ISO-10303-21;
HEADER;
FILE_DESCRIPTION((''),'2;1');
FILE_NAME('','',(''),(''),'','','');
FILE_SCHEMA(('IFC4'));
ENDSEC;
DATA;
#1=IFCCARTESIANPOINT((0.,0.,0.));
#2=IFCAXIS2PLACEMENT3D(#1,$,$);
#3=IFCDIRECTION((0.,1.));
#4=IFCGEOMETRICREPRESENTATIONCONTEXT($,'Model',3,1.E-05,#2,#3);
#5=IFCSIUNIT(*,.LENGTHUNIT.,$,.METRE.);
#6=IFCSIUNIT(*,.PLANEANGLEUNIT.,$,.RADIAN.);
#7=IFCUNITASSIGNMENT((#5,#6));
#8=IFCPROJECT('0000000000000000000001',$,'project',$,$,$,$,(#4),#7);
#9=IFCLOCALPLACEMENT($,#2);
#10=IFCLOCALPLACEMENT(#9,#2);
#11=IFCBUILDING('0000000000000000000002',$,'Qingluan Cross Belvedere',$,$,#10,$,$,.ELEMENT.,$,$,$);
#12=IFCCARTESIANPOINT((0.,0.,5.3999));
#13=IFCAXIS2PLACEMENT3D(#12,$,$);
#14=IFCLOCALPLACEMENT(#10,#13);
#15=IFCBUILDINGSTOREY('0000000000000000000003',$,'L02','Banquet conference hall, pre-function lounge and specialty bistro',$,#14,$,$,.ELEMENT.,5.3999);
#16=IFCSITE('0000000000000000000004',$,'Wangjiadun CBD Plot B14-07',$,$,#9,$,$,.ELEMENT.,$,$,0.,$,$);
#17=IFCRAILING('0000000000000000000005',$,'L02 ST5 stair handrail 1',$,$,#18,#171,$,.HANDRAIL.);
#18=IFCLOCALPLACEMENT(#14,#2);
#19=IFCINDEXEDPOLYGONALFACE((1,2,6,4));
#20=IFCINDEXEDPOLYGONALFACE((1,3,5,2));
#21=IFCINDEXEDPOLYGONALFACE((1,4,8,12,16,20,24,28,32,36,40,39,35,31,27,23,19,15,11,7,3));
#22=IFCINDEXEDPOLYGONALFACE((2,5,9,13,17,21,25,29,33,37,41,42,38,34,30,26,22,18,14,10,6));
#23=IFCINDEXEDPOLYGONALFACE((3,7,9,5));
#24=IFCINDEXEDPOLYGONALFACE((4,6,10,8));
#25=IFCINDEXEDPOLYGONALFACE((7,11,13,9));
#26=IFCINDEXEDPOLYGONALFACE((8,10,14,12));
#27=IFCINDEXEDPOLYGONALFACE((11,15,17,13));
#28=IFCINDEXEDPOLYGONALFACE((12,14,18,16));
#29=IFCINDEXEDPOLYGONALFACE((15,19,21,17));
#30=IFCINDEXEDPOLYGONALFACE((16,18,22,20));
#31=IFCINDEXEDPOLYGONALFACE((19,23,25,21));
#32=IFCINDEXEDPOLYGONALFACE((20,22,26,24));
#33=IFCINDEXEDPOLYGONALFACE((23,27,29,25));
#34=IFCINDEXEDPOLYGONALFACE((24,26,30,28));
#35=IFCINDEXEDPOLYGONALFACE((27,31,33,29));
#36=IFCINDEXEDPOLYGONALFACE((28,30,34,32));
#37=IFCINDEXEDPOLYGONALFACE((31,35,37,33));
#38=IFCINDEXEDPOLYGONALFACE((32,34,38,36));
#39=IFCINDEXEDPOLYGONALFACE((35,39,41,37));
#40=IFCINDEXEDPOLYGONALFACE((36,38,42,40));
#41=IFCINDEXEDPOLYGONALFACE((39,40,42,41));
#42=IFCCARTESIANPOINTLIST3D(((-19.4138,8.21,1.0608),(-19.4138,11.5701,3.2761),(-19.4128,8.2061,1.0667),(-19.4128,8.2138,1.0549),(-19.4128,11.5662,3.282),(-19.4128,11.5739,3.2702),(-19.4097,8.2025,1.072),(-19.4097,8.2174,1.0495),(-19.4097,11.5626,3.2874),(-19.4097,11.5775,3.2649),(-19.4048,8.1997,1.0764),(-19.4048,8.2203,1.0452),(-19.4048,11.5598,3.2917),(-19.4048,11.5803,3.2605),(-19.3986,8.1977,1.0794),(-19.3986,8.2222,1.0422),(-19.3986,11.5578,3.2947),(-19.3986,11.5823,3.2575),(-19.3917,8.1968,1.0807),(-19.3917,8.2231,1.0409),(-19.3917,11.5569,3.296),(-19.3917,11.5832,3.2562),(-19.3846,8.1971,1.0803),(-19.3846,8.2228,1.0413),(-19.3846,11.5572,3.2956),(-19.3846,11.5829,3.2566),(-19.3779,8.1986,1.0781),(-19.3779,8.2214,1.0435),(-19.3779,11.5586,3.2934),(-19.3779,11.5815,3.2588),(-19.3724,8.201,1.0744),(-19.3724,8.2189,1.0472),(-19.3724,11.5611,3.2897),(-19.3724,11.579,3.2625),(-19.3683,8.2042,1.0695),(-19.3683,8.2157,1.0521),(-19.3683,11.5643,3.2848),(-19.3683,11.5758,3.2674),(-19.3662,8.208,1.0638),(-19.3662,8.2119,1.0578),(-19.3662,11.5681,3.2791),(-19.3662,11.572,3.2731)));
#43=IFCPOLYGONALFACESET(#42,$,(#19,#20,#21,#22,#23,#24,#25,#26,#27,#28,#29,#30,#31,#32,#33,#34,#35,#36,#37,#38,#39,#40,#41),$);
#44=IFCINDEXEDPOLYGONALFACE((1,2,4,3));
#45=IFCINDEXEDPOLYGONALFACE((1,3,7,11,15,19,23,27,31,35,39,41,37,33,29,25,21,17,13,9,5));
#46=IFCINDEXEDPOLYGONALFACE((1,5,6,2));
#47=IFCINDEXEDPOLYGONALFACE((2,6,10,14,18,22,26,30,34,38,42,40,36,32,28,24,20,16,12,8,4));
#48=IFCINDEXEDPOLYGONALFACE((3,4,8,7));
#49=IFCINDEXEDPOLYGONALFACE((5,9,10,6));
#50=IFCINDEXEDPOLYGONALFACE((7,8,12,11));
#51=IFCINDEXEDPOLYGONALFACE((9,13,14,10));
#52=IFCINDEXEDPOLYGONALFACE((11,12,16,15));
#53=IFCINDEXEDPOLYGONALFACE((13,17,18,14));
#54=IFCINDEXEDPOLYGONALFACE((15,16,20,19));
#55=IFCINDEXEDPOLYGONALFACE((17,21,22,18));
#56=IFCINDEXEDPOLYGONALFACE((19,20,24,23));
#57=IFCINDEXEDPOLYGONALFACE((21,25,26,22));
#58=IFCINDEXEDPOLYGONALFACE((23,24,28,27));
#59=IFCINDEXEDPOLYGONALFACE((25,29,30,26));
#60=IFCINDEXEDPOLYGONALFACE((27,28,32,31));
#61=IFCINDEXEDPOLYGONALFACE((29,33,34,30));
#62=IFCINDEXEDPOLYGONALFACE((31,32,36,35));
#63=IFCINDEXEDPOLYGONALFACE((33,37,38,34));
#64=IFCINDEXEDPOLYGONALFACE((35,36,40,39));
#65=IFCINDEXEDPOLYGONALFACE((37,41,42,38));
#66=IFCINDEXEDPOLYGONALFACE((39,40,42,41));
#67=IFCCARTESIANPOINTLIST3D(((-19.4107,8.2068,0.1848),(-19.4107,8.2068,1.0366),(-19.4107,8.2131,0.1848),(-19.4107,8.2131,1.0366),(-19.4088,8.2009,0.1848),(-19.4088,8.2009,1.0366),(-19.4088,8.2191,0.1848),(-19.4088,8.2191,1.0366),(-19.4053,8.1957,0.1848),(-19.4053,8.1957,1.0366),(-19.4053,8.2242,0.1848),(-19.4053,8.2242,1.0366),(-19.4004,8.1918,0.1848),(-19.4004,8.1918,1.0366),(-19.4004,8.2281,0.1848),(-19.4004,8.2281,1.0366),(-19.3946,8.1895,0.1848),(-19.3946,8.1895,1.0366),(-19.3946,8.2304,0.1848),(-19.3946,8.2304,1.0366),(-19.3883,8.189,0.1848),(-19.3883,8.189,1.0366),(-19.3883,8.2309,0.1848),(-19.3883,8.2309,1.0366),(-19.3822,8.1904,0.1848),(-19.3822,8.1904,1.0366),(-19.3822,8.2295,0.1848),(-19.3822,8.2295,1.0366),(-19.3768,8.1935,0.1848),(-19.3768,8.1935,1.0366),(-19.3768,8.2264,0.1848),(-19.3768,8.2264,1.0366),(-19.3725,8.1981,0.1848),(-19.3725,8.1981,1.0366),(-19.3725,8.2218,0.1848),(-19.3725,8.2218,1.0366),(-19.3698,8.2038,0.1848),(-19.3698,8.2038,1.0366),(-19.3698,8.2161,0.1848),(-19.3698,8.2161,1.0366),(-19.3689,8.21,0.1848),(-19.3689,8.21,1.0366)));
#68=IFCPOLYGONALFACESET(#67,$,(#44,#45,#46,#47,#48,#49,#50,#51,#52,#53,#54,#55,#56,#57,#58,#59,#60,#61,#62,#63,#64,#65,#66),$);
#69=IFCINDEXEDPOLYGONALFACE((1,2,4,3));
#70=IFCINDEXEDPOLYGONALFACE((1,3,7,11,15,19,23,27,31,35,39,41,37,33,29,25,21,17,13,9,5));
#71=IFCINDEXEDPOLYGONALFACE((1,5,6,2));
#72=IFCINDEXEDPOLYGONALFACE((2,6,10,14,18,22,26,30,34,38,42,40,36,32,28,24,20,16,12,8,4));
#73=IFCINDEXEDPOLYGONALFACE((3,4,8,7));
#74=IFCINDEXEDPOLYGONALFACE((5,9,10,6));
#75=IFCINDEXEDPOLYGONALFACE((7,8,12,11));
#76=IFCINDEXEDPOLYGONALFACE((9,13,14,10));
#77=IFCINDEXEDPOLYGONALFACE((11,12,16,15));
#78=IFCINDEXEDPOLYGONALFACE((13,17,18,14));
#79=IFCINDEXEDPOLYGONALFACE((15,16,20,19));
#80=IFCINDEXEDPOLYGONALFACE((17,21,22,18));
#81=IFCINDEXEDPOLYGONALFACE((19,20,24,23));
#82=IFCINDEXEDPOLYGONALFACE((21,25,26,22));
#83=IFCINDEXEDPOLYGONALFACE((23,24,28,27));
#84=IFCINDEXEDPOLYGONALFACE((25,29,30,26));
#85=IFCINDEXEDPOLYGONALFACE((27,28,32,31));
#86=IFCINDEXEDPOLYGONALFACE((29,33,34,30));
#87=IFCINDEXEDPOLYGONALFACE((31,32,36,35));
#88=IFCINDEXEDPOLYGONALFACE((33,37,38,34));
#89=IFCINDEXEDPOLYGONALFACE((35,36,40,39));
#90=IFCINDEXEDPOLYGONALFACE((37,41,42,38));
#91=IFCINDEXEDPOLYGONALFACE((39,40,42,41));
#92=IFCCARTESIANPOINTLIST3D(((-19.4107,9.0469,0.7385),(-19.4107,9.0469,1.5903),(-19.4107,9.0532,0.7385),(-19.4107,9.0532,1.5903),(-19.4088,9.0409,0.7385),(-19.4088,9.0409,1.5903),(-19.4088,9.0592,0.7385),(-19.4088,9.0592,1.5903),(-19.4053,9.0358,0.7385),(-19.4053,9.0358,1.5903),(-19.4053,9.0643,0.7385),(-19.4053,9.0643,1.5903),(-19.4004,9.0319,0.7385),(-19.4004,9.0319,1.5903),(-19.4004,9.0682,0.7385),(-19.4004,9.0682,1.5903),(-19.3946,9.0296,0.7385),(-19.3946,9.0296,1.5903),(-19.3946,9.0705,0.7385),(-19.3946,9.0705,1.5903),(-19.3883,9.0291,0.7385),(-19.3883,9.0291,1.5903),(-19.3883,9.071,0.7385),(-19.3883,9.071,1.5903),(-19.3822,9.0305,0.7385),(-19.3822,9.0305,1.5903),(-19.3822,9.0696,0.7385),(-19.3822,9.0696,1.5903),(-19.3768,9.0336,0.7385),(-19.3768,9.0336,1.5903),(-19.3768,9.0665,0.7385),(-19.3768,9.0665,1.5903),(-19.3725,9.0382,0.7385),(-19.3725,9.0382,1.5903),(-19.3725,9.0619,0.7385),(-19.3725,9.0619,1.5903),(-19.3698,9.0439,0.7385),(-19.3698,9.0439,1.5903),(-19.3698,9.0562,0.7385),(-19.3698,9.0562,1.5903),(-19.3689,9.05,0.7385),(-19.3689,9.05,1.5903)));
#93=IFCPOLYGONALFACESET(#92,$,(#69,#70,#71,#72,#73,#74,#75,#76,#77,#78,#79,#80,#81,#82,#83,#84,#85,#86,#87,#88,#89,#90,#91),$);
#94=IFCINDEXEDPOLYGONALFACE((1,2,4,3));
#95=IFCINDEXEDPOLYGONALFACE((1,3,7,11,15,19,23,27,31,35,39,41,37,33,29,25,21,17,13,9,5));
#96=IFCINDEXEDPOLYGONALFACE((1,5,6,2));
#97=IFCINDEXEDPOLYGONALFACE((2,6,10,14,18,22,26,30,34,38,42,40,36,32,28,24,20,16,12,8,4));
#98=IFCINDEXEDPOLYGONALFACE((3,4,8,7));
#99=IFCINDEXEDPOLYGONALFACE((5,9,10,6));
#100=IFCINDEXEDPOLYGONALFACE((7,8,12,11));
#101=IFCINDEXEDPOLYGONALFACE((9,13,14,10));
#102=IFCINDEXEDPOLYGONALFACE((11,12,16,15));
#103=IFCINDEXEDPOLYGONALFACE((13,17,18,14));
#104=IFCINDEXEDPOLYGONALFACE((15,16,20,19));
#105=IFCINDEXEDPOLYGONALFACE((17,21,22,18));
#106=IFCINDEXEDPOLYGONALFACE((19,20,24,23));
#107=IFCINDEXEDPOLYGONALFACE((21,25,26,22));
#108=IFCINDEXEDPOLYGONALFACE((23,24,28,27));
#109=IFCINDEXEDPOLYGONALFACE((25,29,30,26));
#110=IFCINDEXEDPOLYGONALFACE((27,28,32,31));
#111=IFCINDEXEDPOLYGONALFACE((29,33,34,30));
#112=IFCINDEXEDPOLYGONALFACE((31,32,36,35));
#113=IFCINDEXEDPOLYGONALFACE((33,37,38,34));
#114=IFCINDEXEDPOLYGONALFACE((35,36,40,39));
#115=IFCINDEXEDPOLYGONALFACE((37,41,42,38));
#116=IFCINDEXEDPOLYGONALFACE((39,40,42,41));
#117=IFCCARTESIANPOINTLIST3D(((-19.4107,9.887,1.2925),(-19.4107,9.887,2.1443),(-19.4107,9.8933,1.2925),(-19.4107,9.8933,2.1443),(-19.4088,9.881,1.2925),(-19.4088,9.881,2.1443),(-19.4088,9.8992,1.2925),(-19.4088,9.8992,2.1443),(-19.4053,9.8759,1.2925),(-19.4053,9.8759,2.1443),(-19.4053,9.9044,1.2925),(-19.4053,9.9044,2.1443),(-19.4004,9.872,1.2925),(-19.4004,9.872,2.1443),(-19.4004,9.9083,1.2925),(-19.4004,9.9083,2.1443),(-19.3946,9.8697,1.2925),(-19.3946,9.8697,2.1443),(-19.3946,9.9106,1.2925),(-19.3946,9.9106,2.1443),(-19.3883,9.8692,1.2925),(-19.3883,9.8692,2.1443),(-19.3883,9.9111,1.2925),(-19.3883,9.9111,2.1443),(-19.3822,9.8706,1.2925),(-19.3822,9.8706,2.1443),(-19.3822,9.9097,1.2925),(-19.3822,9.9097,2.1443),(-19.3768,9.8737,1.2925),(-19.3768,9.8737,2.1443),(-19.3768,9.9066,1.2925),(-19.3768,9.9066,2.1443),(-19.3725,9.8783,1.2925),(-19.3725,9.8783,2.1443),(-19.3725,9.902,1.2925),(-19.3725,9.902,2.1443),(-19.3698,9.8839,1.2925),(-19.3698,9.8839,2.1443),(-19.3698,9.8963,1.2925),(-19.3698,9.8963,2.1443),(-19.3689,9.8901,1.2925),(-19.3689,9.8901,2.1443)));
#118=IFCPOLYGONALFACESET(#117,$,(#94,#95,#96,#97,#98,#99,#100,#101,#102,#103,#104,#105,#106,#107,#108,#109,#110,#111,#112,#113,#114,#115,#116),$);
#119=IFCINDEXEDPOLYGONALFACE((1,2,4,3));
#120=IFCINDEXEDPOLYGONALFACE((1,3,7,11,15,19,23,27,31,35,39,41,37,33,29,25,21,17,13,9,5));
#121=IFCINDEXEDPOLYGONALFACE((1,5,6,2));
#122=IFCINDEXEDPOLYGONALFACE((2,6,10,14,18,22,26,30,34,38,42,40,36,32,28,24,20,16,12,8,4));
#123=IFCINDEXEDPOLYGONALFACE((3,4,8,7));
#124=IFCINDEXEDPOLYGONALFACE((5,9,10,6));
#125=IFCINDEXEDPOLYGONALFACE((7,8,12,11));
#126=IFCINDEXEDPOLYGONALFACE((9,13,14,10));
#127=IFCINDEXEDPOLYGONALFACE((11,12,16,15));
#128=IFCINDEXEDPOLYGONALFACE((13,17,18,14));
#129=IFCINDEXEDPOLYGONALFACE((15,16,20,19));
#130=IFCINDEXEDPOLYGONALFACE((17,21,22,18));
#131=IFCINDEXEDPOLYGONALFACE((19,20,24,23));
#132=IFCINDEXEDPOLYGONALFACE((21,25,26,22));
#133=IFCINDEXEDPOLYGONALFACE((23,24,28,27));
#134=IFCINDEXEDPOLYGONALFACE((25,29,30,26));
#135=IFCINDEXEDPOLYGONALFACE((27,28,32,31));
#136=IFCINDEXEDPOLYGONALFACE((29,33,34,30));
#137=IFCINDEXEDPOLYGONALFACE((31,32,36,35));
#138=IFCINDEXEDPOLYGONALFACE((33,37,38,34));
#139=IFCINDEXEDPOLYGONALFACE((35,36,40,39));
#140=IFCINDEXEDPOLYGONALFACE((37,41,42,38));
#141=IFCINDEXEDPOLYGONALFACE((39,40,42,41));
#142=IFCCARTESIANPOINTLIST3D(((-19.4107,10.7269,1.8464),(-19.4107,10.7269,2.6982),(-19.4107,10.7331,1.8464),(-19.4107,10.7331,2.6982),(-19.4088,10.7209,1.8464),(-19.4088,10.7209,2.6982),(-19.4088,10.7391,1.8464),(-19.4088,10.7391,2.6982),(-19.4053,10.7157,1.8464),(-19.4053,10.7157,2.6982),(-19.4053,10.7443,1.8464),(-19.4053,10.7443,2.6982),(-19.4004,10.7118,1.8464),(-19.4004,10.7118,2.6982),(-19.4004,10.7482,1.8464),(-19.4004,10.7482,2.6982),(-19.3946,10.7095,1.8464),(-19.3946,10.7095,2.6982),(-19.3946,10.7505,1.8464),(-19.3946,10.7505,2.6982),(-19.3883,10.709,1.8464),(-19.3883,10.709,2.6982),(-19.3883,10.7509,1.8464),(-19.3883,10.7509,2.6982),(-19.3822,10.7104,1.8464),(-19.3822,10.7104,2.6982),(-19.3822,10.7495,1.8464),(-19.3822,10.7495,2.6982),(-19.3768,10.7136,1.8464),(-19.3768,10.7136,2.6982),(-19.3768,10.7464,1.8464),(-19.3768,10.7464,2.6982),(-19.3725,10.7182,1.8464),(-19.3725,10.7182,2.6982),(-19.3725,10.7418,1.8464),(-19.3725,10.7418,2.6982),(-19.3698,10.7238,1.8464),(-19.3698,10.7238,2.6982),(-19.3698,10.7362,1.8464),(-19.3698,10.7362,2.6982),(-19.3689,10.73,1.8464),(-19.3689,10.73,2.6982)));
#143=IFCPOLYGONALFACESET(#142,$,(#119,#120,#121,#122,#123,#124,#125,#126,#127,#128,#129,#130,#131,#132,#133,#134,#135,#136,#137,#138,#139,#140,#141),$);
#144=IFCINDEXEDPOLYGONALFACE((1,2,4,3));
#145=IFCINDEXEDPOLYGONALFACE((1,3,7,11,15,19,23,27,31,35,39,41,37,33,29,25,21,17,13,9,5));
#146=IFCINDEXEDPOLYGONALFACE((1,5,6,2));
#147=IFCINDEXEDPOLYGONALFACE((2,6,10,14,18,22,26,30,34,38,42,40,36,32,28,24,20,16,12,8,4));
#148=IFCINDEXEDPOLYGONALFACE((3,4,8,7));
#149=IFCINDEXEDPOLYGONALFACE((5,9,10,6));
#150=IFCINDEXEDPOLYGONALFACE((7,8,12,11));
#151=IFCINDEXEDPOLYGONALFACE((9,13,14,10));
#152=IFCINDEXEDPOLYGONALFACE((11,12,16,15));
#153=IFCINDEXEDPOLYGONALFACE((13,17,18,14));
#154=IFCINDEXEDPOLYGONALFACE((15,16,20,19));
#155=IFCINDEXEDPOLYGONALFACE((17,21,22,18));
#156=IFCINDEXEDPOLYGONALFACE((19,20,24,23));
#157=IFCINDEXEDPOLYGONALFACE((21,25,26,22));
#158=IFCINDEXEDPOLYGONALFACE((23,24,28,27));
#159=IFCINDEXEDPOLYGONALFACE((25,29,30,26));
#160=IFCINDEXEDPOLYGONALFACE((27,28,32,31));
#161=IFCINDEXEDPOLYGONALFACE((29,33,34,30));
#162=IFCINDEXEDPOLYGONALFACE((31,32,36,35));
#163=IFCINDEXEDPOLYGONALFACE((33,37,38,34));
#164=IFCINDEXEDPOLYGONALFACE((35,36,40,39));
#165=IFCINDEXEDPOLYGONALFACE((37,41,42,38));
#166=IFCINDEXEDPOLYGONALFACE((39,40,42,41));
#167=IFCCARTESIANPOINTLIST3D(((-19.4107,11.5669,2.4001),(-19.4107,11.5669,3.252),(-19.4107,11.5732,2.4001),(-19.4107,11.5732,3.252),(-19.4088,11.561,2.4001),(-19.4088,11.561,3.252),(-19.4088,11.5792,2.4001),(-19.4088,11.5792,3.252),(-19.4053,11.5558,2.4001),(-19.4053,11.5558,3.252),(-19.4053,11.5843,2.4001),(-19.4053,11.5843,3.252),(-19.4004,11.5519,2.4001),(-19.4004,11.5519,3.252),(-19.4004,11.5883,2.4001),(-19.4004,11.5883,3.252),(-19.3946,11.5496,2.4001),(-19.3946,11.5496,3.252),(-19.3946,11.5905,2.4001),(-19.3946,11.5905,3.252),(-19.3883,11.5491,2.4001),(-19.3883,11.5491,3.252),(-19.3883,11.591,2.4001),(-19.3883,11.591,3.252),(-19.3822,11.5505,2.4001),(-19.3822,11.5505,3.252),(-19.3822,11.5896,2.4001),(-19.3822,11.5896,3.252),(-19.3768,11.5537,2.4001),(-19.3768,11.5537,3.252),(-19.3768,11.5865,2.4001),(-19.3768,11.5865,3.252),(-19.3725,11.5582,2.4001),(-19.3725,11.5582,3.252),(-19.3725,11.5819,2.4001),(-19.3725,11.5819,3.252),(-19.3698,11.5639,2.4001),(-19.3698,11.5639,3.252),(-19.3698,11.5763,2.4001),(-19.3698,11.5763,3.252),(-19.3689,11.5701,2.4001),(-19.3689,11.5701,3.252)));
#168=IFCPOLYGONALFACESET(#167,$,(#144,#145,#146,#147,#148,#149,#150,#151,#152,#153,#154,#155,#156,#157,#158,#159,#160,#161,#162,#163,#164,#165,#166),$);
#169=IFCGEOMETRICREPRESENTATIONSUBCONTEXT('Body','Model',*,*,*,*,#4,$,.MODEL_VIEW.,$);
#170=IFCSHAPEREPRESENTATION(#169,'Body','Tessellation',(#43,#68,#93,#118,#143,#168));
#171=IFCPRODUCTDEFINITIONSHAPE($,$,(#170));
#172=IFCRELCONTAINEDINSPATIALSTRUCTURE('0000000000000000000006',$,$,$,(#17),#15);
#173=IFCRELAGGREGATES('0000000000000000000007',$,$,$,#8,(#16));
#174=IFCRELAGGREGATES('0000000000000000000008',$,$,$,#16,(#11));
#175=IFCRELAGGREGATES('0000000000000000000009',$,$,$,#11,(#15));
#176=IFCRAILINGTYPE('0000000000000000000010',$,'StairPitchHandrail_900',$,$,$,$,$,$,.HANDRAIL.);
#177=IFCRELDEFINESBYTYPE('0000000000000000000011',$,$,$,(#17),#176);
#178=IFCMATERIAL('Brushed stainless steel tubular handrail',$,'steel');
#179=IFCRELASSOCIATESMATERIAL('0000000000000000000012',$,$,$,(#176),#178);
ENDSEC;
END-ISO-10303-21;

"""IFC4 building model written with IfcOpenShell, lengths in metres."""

from ifc_helpers import new_model, si_unit, direction, frame, origin, origin_2d, place, context, subcontext, project, spatial, circle, extrude, material, type_object, element, save


model = new_model("IFC4")

# Units and contexts
model_context = context("Model", 3, precision=1e-05, world=origin(), true_north=direction((0.0, 1.0)))
body_context = subcontext(model_context, "Body", "Model", "MODEL_VIEW")
ifc_project = project(units=[si_unit("LENGTHUNIT", "METRE"), si_unit("PLANEANGLEUNIT", "RADIAN")], contexts=[model_context])

# Site, building, storey
site_placement = place(None, origin())
site = spatial("IfcSite", under=ifc_project, at=site_placement, Name="Wangjiadun CBD Plot B14-07", CompositionType="ELEMENT", RefElevation=0.0)
building_placement = place(site_placement, origin())
building = spatial("IfcBuilding", under=site, at=building_placement, Name="Qingluan Cross Belvedere", CompositionType="ELEMENT")
storey_placement = place(building_placement, frame((0.0, 0.0, 5.3999)))
storey = spatial("IfcBuildingStorey", under=building, at=storey_placement, Name="L02", Description="Banquet conference hall, pre-function lounge and specialty bistro", CompositionType="ELEMENT", Elevation=5.3999)

# Railing
ifc_material_1 = material(Name="Brushed stainless steel tubular handrail", Category="steel")
railing_type_1 = type_object("IfcRailingType", Name="StairPitchHandrail_900", PredefinedType="HANDRAIL", material=ifc_material_1)
railing_1_placement = place(storey_placement, frame((-19.3899, 8.21, 0.1848)))
element("IfcRailing", 1, at=railing_1_placement, inside=storey, type_object=railing_type_1, Name="L02 ST5 stair handrail 1", PredefinedType="HANDRAIL", context=body_context, shape_type="SweptSolid", body=[
    extrude(circle(Radius=0.0239, at=origin_2d()), frame((0.0, 0.0, 0.876), z_axis=(0.0, 0.834876, 0.550437), x_axis=(-1.0, 0.0, 0.0)), (0.0, 0.0, 1.0), 4.0247),
    extrude(circle(Radius=0.021, at=origin_2d()), origin(), (0.0, 0.0, 1.0), 0.8518),
    extrude(circle(Radius=0.021, at=origin_2d()), frame((0.0, 0.8401, 0.5537)), (0.0, 0.0, 1.0), 0.8518),
    extrude(circle(Radius=0.021, at=origin_2d()), frame((0.0, 1.6802, 1.1077)), (0.0, 0.0, 1.0), 0.8518),
    extrude(circle(Radius=0.021, at=origin_2d()), frame((0.0, 2.52, 1.6616)), (0.0, 0.0, 1.0), 0.8518),
    extrude(circle(Radius=0.021, at=origin_2d()), frame((0.0, 3.3601, 2.2153)), (0.0, 0.0, 1.0), 0.8518),
])

save(model, "model.ifc")
